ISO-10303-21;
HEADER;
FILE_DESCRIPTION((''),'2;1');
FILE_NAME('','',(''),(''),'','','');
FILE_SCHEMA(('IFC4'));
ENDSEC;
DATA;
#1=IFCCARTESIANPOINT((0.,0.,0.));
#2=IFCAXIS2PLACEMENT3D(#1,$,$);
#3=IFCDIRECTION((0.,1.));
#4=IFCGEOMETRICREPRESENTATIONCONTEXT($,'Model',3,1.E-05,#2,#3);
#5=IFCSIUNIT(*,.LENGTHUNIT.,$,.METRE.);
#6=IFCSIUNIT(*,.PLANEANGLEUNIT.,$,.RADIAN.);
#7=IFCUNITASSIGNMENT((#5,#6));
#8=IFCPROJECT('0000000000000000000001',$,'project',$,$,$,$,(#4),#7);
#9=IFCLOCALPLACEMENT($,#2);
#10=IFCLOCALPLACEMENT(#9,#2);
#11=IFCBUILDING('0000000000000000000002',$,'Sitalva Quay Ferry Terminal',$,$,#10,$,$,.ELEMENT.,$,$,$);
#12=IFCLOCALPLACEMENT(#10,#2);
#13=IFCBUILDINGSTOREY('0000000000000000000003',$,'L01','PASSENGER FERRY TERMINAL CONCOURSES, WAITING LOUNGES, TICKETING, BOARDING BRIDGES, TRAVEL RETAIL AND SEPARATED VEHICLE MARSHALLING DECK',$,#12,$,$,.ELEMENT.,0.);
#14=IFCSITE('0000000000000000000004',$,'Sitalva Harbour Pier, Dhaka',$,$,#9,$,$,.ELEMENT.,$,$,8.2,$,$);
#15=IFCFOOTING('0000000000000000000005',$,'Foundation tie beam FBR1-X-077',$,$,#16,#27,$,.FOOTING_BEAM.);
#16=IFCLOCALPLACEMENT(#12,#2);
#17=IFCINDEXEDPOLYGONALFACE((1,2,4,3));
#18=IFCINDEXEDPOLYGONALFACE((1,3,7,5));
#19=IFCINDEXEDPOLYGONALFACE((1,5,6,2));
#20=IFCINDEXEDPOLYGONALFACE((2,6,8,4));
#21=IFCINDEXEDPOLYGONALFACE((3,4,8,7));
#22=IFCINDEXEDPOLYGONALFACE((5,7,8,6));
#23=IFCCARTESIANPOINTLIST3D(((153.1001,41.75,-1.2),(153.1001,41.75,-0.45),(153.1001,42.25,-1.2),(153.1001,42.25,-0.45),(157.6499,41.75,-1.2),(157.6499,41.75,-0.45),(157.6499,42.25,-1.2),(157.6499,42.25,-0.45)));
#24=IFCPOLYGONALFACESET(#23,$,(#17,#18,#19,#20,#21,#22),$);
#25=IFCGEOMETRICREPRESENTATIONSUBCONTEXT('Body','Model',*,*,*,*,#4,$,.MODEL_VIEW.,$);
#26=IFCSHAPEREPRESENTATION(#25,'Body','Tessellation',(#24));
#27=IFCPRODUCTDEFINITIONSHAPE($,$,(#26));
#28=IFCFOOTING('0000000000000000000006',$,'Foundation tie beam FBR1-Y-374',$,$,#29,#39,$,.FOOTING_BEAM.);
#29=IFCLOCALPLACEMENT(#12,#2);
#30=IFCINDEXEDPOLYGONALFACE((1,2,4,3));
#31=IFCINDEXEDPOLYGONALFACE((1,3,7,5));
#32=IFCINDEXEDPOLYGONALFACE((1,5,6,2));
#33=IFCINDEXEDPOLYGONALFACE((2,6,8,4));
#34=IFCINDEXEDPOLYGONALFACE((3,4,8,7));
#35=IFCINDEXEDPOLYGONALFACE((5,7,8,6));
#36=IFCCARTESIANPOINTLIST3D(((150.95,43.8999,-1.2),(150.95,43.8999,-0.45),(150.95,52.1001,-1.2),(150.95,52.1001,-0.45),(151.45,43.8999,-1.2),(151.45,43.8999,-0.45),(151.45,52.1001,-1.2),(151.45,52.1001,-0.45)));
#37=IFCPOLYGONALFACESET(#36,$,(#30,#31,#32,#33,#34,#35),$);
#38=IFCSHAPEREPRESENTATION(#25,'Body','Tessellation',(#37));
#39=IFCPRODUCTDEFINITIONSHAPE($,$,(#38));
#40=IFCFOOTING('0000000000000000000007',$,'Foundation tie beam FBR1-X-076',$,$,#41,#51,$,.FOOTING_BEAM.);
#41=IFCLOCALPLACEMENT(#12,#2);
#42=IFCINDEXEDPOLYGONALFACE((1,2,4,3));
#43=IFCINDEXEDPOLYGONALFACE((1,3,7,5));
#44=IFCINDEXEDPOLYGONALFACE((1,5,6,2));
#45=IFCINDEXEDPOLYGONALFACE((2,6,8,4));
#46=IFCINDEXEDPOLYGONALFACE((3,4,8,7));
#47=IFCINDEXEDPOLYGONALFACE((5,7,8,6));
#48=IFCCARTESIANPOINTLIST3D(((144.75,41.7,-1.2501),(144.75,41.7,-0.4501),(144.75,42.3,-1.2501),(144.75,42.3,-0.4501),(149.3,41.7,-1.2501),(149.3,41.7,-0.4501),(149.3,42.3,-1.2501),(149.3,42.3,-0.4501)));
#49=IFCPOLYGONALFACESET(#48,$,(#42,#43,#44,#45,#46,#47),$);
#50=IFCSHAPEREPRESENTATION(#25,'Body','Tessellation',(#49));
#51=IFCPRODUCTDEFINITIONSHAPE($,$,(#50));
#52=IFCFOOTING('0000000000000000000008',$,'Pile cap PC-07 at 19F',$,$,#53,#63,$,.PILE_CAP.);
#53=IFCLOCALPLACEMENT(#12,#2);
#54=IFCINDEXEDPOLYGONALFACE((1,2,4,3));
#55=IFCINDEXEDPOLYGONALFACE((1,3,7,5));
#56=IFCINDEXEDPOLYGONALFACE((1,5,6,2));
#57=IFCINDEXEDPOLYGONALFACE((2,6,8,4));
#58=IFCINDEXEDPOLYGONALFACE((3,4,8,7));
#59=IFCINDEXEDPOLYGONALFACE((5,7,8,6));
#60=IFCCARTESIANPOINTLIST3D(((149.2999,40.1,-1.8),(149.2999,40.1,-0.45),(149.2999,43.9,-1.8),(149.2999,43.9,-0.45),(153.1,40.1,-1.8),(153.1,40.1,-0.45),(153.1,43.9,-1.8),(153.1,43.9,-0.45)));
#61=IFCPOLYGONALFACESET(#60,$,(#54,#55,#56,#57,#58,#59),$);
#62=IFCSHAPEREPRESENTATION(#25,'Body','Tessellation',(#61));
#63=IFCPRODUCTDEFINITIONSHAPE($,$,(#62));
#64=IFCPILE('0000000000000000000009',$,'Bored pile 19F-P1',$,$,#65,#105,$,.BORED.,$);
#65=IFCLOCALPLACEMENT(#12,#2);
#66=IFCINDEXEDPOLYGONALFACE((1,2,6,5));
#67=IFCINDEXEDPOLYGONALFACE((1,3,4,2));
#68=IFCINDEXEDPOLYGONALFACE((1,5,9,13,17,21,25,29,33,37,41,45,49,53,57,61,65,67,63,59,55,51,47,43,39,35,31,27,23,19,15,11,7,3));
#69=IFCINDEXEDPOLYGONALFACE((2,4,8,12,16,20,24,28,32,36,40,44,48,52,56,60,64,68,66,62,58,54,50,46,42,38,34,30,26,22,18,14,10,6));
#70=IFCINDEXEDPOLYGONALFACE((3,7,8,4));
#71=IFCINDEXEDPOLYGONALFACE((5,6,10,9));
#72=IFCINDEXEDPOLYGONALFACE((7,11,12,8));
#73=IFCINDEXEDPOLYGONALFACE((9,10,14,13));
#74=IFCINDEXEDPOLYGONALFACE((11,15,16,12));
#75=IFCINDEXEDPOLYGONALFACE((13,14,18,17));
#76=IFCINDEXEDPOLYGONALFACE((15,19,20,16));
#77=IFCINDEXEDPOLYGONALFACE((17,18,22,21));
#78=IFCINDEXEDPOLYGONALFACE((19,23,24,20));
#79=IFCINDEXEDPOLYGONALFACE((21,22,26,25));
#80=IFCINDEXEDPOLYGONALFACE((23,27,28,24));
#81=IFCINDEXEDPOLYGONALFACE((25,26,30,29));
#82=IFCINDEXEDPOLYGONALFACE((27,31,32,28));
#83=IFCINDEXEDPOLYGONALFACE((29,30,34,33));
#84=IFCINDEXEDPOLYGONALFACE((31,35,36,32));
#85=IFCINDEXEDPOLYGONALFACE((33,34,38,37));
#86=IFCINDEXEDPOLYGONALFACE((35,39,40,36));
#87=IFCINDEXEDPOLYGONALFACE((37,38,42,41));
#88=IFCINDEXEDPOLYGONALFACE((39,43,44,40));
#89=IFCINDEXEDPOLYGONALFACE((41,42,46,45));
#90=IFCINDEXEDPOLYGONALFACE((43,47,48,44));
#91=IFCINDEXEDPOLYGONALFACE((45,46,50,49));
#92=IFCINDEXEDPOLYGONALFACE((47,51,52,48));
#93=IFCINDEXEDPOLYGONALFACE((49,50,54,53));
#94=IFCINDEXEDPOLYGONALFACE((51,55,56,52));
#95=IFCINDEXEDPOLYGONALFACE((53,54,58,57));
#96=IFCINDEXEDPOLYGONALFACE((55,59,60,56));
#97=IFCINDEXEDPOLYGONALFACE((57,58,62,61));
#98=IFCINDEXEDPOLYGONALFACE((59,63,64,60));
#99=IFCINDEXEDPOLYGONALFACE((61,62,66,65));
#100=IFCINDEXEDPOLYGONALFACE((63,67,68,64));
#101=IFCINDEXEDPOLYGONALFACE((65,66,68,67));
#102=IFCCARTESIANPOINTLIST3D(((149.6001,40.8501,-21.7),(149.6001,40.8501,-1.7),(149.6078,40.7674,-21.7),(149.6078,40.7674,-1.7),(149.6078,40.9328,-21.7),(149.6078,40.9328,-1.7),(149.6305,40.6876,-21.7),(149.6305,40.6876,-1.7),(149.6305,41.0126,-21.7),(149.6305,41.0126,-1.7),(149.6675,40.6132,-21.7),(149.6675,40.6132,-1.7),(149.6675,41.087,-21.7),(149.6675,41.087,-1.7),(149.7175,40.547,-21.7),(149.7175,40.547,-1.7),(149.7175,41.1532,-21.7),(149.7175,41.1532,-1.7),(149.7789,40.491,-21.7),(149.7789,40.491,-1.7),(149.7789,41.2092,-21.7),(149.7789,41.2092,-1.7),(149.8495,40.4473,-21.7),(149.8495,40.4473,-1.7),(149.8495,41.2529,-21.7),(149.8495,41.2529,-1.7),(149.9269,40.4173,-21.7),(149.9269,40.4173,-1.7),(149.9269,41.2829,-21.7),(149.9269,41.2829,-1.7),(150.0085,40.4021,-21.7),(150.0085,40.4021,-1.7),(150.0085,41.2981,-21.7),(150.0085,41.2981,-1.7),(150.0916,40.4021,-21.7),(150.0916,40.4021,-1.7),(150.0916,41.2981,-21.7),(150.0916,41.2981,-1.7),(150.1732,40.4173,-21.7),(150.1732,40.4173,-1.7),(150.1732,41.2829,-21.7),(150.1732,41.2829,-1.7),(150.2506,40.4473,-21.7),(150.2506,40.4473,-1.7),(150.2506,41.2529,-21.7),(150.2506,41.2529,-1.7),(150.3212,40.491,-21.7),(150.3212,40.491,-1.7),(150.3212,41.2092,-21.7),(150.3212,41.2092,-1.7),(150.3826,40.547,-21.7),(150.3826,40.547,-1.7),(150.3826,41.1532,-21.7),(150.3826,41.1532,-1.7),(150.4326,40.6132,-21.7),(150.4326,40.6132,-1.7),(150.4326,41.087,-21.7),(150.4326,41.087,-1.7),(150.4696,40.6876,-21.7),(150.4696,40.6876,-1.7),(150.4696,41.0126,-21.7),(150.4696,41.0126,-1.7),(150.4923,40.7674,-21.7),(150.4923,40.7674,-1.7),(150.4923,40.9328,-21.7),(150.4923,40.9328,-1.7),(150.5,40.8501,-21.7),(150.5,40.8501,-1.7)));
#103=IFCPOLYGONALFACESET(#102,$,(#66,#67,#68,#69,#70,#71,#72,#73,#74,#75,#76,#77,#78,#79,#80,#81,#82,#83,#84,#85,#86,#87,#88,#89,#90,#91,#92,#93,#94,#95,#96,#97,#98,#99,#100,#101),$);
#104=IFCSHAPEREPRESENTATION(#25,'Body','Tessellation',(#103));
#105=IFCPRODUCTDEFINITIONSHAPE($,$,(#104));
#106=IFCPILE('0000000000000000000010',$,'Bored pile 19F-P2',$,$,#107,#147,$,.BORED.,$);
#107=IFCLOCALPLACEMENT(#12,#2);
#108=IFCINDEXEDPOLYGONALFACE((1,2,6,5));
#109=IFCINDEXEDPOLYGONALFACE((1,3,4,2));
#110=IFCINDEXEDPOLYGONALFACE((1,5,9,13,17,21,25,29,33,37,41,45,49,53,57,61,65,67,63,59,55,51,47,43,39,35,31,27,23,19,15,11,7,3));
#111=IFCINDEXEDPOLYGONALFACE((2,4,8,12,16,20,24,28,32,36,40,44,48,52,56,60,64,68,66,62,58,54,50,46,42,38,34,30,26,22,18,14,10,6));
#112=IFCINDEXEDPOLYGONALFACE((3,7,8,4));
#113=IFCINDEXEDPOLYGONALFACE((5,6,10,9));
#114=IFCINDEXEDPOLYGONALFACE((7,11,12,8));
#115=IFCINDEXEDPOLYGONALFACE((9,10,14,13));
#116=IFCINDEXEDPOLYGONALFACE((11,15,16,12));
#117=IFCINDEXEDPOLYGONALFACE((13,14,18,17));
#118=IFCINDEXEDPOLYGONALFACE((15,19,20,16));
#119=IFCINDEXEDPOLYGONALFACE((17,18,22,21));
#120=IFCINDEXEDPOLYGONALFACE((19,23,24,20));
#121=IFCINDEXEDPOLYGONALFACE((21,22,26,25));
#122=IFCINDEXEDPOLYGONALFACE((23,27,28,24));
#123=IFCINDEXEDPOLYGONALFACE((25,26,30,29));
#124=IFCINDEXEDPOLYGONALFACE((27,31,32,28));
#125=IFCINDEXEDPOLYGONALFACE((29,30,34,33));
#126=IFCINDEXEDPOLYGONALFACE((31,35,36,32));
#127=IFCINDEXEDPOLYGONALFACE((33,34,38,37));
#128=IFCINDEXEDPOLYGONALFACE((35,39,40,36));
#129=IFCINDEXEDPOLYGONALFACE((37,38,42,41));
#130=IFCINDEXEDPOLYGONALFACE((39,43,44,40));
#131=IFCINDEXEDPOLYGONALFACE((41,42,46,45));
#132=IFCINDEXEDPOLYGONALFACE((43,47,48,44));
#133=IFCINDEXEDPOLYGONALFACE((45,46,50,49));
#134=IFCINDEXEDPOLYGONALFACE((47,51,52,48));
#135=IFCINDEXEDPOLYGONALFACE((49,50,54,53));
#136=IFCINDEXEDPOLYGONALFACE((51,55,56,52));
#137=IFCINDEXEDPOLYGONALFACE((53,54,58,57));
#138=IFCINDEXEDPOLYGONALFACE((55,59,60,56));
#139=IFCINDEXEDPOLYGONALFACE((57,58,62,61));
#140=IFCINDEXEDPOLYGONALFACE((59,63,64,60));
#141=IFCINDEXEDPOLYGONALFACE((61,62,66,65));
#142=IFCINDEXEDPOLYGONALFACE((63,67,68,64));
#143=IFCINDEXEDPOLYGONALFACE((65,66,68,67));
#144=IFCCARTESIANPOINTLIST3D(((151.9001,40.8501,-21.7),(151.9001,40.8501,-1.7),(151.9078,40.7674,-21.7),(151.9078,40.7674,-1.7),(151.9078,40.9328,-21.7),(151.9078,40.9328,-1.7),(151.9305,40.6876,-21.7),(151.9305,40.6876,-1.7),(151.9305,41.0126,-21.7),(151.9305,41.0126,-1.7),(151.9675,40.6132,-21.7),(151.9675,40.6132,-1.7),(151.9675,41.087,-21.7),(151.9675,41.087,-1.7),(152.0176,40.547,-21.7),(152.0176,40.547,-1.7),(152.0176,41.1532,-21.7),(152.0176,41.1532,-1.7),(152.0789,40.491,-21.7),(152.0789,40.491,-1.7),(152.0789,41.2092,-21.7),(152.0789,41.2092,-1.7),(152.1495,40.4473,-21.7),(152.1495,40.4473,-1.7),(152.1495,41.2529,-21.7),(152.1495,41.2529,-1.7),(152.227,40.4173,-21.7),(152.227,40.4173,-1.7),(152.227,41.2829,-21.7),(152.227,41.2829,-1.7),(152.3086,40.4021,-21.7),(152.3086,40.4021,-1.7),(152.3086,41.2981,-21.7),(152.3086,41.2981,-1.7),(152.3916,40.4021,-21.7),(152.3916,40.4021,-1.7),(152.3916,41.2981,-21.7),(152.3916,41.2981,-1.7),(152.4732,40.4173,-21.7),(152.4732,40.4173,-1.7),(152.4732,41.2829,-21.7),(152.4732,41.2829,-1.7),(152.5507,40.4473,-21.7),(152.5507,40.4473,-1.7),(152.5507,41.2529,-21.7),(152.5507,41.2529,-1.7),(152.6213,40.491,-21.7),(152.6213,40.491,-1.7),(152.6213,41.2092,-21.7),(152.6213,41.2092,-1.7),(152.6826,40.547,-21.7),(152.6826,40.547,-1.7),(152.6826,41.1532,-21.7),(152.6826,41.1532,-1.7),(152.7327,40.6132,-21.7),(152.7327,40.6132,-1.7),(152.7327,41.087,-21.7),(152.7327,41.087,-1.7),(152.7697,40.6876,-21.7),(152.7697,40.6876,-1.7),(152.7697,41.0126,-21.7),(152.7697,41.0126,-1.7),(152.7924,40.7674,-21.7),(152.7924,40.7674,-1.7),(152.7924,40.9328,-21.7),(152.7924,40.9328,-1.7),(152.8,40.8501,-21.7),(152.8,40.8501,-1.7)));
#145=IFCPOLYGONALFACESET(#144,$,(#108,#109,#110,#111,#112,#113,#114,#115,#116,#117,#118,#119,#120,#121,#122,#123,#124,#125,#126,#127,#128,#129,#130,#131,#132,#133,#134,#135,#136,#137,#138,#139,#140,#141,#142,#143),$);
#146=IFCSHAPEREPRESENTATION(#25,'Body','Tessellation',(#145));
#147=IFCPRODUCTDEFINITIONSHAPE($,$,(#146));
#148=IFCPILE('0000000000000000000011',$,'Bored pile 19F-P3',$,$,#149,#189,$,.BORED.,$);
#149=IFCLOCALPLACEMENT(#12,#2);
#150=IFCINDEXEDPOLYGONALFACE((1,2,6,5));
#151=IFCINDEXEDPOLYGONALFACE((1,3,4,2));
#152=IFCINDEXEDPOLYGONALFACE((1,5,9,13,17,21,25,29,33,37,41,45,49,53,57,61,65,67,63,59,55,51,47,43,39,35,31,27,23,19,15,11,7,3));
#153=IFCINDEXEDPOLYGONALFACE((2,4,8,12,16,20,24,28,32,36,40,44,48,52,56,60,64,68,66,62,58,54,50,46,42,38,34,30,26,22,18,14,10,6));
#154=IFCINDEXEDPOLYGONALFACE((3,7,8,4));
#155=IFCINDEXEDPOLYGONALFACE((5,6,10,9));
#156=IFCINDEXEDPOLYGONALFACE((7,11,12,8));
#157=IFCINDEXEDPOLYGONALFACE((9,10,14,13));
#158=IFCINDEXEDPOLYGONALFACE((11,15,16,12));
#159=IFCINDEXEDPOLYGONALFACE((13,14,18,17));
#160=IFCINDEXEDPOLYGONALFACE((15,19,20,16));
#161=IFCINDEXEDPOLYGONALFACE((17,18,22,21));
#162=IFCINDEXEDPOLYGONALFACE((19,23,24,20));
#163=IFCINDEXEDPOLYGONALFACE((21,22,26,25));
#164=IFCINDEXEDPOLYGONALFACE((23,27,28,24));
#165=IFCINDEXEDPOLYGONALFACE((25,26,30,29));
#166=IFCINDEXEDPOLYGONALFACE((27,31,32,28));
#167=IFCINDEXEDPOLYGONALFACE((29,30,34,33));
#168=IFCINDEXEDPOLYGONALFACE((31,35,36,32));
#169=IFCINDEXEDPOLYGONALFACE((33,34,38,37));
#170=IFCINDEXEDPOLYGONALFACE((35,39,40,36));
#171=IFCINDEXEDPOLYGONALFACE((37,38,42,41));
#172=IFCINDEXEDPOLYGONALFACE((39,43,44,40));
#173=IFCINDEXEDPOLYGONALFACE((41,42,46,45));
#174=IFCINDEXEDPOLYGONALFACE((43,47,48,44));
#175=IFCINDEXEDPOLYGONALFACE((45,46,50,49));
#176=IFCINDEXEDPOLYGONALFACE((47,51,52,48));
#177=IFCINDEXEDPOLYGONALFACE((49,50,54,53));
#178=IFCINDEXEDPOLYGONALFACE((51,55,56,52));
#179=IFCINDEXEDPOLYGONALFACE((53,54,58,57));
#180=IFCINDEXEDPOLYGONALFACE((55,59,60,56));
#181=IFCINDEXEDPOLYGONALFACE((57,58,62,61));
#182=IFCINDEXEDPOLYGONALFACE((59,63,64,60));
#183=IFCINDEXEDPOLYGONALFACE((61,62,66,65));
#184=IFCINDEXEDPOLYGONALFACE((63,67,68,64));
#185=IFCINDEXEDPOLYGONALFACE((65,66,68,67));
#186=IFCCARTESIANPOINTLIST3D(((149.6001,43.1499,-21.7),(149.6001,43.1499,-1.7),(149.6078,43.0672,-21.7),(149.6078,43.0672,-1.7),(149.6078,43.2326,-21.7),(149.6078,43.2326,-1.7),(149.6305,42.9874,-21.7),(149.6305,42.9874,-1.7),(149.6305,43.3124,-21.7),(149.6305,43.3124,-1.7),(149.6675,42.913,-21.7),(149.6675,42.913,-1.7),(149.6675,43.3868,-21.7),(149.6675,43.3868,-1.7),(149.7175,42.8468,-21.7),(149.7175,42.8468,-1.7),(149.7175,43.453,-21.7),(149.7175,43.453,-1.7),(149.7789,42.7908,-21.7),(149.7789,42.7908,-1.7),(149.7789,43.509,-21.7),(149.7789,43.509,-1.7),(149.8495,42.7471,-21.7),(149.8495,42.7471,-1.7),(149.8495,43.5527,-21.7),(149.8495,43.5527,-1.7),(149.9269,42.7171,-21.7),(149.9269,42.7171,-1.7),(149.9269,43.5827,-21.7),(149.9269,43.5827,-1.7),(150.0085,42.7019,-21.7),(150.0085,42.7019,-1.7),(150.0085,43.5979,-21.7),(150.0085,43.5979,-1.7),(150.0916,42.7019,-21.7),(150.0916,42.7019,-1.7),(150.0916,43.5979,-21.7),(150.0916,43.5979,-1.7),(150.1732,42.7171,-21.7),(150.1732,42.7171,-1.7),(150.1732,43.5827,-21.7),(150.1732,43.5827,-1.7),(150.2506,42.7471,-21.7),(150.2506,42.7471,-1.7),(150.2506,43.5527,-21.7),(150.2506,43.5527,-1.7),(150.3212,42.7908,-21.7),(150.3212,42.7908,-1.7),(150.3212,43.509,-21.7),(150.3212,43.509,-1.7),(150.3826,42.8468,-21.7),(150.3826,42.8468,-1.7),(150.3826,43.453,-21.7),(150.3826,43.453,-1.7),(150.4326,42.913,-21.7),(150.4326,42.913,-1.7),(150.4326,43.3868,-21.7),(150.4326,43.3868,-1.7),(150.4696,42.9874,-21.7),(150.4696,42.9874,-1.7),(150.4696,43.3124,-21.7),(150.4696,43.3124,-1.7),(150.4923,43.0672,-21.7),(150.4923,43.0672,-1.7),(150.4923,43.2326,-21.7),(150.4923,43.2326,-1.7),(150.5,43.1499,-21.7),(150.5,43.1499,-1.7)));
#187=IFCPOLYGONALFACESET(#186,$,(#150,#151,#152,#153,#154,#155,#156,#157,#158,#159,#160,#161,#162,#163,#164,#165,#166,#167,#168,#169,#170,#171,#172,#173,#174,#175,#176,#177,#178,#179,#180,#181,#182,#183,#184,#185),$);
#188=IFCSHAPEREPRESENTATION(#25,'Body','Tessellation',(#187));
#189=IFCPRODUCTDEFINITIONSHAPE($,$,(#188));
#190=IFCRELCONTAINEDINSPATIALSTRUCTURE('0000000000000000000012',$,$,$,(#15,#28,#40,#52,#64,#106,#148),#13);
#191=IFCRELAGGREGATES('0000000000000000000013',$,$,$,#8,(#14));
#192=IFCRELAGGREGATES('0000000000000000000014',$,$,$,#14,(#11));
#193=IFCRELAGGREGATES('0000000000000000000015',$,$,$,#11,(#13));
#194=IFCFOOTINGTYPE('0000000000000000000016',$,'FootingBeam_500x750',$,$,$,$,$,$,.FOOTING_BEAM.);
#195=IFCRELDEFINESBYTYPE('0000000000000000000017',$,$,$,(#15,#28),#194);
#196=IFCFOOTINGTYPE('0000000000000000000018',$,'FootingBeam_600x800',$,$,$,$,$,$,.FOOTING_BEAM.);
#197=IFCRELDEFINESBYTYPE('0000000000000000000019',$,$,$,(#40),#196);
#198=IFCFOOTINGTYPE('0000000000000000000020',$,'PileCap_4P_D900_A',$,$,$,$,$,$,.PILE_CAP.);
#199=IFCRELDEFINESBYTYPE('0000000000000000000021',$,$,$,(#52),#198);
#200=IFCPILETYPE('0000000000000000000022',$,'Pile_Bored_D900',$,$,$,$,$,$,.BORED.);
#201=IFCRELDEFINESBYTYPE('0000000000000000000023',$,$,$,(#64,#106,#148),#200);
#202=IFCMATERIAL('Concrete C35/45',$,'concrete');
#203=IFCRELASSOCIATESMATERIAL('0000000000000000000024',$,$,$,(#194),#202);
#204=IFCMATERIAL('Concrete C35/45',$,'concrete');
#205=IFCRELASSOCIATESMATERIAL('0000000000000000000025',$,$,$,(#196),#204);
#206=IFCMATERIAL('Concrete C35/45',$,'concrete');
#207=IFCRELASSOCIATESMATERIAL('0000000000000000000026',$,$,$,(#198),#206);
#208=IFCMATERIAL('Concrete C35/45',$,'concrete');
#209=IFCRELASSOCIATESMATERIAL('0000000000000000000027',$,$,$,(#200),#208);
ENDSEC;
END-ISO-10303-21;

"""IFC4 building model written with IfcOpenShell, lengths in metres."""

from ifc_helpers import new_model, si_unit, direction, frame, origin, origin_2d, place, context, subcontext, project, spatial, rectangle, circle, extrude, material, material_profile, profile_set, type_object, element, save


model = new_model("IFC4")

# Units and contexts
model_context = context("Model", 3, precision=1e-05, world=origin(), true_north=direction((0.0, 1.0)))
body_context = subcontext(model_context, "Body", "Model", "MODEL_VIEW")
ifc_project = project(units=[si_unit("LENGTHUNIT", "METRE"), si_unit("PLANEANGLEUNIT", "RADIAN")], contexts=[model_context])

# Site, building, storey
site_placement = place(None, origin())
site = spatial("IfcSite", under=ifc_project, at=site_placement, Name="Sitalva Harbour Pier, Dhaka", CompositionType="ELEMENT", RefElevation=8.2)
building_placement = place(site_placement, origin())
building = spatial("IfcBuilding", under=site, at=building_placement, Name="Sitalva Quay Ferry Terminal", CompositionType="ELEMENT")
storey_placement = place(building_placement, origin())
storey = spatial("IfcBuildingStorey", under=building, at=storey_placement, Name="L01", Description="PASSENGER FERRY TERMINAL CONCOURSES, WAITING LOUNGES, TICKETING, BOARDING BRIDGES, TRAVEL RETAIL AND SEPARATED VEHICLE MARSHALLING DECK", CompositionType="ELEMENT", Elevation=0.0)

# Footings
ifc_material_1 = material(Name="Concrete C35/45", Category="concrete")
ifc_material_profile_1 = material_profile(ifc_material_1, rectangle(XDim=0.5, YDim=0.75, at=origin_2d()), Name="RC500x750")
ifc_profile_set_1 = profile_set([ifc_material_profile_1], Name="Concrete C35/45")
footing_type_1 = type_object("IfcFootingType", Name="FootingBeam_500x750", PredefinedType="FOOTING_BEAM", material=ifc_profile_set_1)
footing_1_placement = place(storey_placement, frame((153.1001, 42.0, -0.825), z_axis=(1.0, 0.0, 0.0), x_axis=(0.0, 1.0, 0.0)))
element("IfcFooting", 1, at=footing_1_placement, inside=storey, type_object=footing_type_1, Name="Foundation tie beam FBR1-X-077", PredefinedType="FOOTING_BEAM", context=body_context, shape_type="SweptSolid", body=[
    extrude(rectangle(XDim=0.5, YDim=0.75, at=origin_2d()), origin(), (0.0, 0.0, 1.0), 4.5498),
])
footing_2_placement = place(storey_placement, frame((151.2, 43.8999, -0.825), z_axis=(0.0, 1.0, 0.0), x_axis=(-1.0, 0.0, 0.0)))
element("IfcFooting", 2, at=footing_2_placement, inside=storey, type_object=footing_type_1, Name="Foundation tie beam FBR1-Y-374", PredefinedType="FOOTING_BEAM", context=body_context, shape_type="SweptSolid", body=[
    extrude(rectangle(XDim=0.5, YDim=0.75, at=origin_2d()), origin(), (0.0, 0.0, 1.0), 8.2002),
])
ifc_material_2 = material(Name="Concrete C35/45", Category="concrete")
ifc_material_profile_2 = material_profile(ifc_material_2, rectangle(XDim=0.6001, YDim=0.8, at=origin_2d()), Name="RC600x800")
ifc_profile_set_2 = profile_set([ifc_material_profile_2], Name="Concrete C35/45")
footing_type_2 = type_object("IfcFootingType", Name="FootingBeam_600x800", PredefinedType="FOOTING_BEAM", material=ifc_profile_set_2)
footing_3_placement = place(storey_placement, frame((144.75, 42.0, -0.8501), z_axis=(1.0, 0.0, 0.0), x_axis=(0.0, 1.0, 0.0)))
element("IfcFooting", 3, at=footing_3_placement, inside=storey, type_object=footing_type_2, Name="Foundation tie beam FBR1-X-076", PredefinedType="FOOTING_BEAM", context=body_context, shape_type="SweptSolid", body=[
    extrude(rectangle(XDim=0.6001, YDim=0.8, at=origin_2d()), origin(), (0.0, 0.0, 1.0), 4.55),
])
ifc_material_3 = material(Name="Concrete C35/45", Category="concrete")
footing_type_3 = type_object("IfcFootingType", Name="PileCap_4P_D900_A", PredefinedType="PILE_CAP", material=ifc_material_3)
footing_4_placement = place(storey_placement, frame((151.2, 42.0, -1.8), z_axis=(0.0, 0.0, 1.0), x_axis=(1.0, 0.0, 0.0)))
element("IfcFooting", 4, at=footing_4_placement, inside=storey, type_object=footing_type_3, Name="Pile cap PC-07 at 19F", PredefinedType="PILE_CAP", context=body_context, shape_type="SweptSolid", body=[
    extrude(rectangle(XDim=3.8, YDim=3.8, at=origin_2d()), origin(), (0.0, 0.0, 1.0), 1.3501),
])

# Piles
ifc_material_4 = material(Name="Concrete C35/45", Category="concrete")
ifc_material_profile_3 = material_profile(ifc_material_4, circle(Radius=0.45, at=origin_2d()), Name="PILE-D900")
ifc_profile_set_3 = profile_set([ifc_material_profile_3], Name="Concrete C35/45")
pile_type = type_object("IfcPileType", Name="Pile_Bored_D900", PredefinedType="BORED", material=ifc_profile_set_3)
for number, where, z_axis, x_axis, name in (
    (5, (150.05, 40.8501, -1.7), (0.0, 0.0, -1.0), (1.0, 0.0, 0.0), "Bored pile 19F-P1"),
    (6, (152.3501, 40.8501, -1.7), (0.0, 0.0, -1.0), (1.0, 0.0, 0.0), "Bored pile 19F-P2"),
    (7, (150.05, 43.1499, -1.7), (0.0, 0.0, -1.0), (1.0, 0.0, 0.0), "Bored pile 19F-P3"),
):
    element("IfcPile", number, at=place(storey_placement, frame(where, z_axis=z_axis, x_axis=x_axis)), inside=storey, type_object=pile_type, Name=name, PredefinedType="BORED", context=body_context, shape_type="SweptSolid", body=[
        extrude(circle(Radius=0.45, at=origin_2d()), origin(), (0.0, 0.0, 1.0), 20.0),
    ])

save(model, "model.ifc")
